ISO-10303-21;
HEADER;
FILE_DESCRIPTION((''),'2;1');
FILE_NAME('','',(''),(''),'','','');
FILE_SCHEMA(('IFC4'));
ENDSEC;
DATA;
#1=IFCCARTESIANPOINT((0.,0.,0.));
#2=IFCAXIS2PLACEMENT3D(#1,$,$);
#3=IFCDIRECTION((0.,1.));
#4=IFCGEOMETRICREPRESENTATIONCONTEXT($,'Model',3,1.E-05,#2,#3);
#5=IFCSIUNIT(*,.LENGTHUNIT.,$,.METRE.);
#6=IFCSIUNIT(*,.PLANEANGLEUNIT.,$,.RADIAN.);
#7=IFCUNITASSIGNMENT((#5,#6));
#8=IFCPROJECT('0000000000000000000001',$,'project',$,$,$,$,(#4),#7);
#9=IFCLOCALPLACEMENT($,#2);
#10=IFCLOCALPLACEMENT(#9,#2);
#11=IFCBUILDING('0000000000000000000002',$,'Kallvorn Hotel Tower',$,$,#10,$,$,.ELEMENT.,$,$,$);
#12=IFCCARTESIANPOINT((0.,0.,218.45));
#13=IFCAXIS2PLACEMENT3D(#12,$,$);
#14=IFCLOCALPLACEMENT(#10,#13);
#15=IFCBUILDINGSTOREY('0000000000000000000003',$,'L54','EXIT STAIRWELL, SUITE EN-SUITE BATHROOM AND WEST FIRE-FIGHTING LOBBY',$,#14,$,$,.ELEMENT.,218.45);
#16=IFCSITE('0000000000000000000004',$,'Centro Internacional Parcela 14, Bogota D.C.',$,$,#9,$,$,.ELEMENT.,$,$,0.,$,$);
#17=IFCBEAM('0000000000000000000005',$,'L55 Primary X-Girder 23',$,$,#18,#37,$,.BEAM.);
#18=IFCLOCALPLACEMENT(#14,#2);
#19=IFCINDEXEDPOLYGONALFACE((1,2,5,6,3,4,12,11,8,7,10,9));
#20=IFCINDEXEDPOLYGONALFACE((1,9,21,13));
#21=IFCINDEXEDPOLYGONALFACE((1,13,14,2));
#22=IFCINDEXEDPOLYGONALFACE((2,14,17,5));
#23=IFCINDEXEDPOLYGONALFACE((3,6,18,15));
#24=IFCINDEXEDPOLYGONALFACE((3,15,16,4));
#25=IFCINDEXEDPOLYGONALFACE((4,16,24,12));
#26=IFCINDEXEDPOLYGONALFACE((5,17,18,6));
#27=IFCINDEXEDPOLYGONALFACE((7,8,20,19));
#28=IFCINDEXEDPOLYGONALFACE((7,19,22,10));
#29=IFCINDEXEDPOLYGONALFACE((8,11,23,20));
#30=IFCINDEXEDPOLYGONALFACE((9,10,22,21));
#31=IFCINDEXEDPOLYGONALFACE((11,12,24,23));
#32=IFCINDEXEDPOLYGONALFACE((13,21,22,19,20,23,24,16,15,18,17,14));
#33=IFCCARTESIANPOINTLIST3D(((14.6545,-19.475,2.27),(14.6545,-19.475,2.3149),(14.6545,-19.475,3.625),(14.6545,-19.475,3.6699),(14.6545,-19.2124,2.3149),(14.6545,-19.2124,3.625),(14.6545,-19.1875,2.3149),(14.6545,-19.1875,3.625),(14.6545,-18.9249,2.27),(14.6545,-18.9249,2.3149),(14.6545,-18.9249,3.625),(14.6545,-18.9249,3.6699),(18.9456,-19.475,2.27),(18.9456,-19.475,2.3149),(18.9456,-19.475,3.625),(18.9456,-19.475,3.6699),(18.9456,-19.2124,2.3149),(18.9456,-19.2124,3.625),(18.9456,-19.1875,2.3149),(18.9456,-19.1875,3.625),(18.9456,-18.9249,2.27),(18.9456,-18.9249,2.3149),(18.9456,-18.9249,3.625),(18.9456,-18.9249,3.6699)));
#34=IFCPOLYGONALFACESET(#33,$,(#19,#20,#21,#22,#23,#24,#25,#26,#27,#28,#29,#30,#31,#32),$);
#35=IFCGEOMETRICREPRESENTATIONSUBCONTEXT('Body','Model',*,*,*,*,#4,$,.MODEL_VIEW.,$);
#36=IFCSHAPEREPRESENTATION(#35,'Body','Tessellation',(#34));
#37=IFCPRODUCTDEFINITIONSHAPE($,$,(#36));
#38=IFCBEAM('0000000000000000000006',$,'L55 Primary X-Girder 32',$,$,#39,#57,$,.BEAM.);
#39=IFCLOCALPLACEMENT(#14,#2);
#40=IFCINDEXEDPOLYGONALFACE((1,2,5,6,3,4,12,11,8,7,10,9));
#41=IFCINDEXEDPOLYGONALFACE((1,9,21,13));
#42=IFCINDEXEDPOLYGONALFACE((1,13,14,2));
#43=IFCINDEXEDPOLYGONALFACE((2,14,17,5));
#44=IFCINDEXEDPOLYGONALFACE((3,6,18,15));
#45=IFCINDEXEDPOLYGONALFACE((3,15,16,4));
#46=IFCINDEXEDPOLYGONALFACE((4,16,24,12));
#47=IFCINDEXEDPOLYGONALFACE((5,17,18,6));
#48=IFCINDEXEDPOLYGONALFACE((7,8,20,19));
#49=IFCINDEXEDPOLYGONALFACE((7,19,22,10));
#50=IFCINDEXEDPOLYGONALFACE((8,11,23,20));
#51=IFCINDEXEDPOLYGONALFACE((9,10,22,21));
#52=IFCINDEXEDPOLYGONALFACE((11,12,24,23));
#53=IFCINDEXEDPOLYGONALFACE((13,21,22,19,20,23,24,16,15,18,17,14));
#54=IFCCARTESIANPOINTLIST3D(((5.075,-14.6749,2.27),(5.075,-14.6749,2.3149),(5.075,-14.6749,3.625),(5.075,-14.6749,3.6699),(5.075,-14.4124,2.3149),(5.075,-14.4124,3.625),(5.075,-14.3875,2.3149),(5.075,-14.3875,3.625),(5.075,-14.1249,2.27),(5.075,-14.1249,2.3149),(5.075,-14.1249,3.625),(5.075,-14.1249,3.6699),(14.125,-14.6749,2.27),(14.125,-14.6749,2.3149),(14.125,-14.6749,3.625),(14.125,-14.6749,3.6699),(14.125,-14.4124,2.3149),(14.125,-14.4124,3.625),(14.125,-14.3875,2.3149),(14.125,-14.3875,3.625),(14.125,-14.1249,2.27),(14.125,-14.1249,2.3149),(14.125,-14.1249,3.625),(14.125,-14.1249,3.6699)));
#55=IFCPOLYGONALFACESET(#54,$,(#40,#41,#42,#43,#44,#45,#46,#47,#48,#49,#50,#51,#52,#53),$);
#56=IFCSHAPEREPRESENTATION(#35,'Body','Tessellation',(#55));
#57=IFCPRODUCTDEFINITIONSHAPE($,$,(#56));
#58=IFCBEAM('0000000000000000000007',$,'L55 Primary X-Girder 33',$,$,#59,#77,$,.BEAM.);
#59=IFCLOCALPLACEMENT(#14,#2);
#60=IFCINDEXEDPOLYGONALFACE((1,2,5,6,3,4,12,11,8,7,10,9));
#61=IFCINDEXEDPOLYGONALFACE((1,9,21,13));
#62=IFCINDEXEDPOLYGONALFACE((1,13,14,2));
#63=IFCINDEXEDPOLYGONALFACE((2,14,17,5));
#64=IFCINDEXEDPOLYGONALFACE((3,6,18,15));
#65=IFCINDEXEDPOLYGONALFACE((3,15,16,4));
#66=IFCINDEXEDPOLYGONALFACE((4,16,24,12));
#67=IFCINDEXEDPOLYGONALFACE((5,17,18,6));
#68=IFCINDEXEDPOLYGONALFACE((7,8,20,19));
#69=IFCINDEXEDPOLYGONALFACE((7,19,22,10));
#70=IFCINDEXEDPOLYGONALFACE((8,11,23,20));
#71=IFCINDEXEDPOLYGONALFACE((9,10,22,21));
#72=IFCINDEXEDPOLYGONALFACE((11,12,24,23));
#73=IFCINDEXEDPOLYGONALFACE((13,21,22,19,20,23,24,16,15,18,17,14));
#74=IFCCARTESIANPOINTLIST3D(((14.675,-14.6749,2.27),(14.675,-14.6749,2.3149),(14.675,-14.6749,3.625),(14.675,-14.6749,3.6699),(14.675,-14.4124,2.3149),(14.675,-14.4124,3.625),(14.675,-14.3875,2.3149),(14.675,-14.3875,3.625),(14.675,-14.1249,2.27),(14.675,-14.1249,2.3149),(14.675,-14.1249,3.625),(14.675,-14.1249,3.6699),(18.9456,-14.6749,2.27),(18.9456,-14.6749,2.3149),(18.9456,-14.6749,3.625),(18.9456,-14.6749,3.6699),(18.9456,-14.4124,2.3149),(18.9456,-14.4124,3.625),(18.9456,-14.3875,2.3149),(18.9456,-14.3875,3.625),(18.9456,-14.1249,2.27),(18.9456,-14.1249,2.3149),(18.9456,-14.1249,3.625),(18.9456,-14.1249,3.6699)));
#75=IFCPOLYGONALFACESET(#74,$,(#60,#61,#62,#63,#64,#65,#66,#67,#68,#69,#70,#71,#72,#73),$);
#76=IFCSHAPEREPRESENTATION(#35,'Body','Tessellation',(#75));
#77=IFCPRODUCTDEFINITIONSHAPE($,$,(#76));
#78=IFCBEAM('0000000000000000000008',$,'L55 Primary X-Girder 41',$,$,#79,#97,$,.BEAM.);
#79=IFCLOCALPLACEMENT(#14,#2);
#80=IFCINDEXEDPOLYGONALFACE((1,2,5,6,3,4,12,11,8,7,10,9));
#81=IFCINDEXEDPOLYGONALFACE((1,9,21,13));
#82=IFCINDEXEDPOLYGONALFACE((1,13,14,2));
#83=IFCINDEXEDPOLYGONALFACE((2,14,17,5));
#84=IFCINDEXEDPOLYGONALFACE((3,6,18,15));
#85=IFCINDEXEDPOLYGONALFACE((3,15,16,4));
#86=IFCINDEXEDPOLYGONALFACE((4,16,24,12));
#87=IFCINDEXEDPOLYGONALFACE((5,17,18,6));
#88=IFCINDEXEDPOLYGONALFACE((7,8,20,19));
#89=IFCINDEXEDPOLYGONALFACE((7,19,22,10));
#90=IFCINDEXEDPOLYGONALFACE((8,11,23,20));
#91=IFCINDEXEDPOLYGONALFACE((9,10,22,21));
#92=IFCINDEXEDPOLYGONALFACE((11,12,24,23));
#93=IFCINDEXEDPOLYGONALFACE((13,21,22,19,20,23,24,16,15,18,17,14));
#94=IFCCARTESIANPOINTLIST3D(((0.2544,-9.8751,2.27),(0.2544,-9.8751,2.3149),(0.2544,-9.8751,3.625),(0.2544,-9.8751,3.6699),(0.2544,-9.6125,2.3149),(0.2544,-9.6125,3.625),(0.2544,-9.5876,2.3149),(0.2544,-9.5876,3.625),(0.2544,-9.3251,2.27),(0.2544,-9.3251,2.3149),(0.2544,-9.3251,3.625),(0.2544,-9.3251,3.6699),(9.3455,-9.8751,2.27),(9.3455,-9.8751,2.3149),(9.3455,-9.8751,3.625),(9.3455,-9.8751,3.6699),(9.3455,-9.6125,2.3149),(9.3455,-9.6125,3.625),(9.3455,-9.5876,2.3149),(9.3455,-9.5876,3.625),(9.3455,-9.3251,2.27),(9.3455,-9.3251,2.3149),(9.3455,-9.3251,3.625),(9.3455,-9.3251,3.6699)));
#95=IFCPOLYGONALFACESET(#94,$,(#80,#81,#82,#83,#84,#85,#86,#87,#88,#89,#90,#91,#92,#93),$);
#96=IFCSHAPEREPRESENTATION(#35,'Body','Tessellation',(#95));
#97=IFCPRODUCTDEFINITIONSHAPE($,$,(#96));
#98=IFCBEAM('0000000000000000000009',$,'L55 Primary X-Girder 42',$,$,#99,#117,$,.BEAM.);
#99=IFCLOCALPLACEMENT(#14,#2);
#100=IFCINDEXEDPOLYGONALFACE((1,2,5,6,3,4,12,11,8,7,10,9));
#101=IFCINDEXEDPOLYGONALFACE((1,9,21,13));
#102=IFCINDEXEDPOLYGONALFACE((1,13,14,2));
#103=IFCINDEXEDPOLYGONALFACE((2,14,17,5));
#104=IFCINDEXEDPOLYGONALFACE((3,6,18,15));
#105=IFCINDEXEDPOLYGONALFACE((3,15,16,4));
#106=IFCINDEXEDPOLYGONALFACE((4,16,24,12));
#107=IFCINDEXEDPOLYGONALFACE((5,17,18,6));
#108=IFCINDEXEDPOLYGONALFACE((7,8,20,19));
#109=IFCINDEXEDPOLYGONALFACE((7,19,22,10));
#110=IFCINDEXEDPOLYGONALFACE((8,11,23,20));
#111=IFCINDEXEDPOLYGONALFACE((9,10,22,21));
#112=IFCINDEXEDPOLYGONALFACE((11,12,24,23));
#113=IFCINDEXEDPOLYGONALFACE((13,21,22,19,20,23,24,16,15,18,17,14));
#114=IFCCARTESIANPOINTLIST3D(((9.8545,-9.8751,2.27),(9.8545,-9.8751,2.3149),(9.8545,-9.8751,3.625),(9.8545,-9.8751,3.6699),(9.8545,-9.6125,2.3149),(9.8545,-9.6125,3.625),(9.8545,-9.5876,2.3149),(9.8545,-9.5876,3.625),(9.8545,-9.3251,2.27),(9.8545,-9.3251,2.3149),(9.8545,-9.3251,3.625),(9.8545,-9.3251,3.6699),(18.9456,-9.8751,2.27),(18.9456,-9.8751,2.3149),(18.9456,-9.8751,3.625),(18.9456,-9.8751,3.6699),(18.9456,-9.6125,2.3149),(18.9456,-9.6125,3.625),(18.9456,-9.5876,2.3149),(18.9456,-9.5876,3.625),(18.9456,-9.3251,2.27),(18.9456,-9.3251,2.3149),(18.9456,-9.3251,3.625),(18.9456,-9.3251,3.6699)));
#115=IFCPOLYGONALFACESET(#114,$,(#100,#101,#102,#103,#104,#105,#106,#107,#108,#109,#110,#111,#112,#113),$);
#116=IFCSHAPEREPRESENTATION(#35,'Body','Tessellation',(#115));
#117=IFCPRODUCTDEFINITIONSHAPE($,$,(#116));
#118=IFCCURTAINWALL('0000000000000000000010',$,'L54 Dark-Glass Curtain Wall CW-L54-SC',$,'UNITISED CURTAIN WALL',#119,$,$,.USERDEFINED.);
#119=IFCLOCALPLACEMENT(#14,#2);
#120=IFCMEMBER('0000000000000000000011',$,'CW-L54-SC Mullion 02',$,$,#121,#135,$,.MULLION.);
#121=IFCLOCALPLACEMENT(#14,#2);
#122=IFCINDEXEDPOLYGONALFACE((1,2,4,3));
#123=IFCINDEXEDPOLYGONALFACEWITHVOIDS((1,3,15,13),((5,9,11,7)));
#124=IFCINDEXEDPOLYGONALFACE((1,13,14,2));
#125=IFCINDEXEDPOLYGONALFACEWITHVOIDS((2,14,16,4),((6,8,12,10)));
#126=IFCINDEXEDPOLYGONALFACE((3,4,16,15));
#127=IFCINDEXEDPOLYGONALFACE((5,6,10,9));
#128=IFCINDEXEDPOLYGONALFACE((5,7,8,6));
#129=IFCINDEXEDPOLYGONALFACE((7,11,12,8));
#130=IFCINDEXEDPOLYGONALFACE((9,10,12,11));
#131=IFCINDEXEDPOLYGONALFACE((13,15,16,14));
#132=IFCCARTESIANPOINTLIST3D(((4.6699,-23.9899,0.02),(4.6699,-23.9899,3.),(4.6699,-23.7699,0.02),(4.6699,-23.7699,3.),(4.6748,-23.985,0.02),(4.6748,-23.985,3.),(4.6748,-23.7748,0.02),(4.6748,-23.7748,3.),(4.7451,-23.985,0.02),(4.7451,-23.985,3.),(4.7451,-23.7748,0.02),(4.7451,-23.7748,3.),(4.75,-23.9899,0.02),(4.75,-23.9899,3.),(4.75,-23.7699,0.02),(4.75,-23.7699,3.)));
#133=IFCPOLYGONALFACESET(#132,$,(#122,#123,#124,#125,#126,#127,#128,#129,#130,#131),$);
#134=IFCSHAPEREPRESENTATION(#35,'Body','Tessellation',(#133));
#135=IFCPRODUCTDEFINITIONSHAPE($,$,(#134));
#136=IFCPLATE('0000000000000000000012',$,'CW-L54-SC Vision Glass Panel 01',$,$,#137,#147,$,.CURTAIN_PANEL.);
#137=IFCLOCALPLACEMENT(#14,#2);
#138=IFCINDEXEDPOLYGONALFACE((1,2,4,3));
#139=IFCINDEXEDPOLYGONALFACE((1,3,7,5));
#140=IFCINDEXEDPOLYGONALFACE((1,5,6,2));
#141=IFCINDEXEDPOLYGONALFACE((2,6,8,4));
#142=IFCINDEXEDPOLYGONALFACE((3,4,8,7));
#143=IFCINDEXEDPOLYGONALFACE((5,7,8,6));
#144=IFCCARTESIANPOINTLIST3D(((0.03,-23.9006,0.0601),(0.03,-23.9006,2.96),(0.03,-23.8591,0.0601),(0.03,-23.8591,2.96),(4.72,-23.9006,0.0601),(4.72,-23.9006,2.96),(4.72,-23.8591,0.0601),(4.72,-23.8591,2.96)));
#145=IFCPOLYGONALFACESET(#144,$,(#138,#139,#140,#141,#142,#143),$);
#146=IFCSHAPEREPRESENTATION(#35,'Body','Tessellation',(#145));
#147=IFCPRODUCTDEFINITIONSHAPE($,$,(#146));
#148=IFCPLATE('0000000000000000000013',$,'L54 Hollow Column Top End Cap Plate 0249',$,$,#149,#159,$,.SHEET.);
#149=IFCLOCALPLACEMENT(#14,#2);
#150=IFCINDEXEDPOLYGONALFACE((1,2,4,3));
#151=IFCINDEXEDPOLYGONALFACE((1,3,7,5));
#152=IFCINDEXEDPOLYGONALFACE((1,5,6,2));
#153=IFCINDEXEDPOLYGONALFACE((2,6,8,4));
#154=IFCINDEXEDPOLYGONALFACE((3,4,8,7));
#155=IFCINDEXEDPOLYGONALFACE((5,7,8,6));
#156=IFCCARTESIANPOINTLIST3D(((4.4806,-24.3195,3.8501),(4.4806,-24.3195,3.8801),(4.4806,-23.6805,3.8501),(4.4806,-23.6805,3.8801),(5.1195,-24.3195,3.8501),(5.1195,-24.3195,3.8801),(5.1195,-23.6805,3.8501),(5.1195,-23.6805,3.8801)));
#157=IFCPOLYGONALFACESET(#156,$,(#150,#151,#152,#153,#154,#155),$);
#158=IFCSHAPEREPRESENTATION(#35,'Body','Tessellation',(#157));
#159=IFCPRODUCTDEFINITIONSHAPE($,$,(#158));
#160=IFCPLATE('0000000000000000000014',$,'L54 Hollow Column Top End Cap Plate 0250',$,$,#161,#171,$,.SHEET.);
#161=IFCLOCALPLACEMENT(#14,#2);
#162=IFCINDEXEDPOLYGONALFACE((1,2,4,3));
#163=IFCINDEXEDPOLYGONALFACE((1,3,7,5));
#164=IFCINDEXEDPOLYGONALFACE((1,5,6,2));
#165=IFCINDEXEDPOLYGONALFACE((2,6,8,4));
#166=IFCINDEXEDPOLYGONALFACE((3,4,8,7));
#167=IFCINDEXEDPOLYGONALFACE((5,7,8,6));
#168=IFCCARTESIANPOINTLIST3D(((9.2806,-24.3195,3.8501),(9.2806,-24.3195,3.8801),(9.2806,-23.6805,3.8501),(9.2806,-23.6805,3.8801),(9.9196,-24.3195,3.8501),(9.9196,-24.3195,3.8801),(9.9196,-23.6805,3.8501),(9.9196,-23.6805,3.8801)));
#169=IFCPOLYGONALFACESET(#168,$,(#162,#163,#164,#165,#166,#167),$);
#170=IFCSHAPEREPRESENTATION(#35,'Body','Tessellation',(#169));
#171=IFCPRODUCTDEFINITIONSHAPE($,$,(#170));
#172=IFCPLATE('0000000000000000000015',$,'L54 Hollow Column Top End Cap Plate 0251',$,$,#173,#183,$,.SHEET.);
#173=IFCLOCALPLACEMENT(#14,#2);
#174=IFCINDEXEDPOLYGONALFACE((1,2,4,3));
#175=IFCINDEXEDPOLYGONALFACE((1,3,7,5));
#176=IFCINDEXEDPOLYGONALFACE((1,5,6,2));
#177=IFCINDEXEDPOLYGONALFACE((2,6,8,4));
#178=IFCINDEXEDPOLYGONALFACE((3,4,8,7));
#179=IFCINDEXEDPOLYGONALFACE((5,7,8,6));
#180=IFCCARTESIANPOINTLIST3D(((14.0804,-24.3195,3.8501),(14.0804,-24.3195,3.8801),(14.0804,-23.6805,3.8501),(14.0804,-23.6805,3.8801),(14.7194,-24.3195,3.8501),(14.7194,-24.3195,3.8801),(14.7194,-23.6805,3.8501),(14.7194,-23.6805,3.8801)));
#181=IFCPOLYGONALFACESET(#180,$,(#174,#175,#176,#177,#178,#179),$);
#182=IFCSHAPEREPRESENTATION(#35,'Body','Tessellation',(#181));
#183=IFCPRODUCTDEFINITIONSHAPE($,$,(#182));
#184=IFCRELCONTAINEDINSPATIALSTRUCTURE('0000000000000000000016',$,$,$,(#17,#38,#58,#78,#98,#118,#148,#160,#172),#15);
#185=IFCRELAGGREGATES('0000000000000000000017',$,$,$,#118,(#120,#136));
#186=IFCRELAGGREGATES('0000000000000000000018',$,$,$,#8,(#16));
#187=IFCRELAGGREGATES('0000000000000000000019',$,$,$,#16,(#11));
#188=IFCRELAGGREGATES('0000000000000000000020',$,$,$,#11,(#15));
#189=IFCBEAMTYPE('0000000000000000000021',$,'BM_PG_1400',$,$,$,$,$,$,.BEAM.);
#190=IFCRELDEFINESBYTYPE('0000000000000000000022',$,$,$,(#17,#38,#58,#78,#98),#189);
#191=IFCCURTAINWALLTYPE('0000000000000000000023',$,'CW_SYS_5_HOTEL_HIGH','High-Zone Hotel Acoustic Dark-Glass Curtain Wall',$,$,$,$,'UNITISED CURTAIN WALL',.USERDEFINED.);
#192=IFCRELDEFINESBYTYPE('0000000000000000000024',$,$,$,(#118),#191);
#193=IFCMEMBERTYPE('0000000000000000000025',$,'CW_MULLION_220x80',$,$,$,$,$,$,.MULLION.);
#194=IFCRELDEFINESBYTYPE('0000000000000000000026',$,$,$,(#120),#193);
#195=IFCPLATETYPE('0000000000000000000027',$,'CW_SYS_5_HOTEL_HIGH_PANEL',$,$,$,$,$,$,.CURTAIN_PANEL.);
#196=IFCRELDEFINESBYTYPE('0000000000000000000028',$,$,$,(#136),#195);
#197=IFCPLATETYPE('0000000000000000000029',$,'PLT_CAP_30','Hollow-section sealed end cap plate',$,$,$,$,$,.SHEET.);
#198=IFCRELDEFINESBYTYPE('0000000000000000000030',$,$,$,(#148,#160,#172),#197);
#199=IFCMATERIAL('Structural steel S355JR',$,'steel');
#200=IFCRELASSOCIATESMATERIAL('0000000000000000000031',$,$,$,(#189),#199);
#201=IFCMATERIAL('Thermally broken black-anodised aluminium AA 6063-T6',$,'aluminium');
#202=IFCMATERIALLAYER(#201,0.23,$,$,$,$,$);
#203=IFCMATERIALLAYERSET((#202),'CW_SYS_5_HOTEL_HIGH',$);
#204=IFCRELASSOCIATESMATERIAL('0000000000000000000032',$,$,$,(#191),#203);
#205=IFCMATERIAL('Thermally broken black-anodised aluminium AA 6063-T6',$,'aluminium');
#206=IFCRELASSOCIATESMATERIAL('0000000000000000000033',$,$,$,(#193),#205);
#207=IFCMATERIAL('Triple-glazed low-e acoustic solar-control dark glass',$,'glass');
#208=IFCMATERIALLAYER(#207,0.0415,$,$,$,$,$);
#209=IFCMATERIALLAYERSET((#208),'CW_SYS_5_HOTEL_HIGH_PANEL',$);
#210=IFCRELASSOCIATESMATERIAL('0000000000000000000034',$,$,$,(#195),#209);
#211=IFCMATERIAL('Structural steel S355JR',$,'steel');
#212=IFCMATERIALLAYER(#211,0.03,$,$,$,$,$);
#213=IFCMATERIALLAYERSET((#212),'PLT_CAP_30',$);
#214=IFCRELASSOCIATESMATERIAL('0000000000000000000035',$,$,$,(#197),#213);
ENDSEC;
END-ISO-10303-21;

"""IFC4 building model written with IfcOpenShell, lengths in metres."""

from ifc_helpers import new_model, si_unit, direction, frame, origin, origin_2d, place, context, subcontext, project, spatial, rectangle, hollow_rectangle, i_section, extrude, material, layer, layer_set, material_profile, profile_set, type_object, element, aggregate, save


model = new_model("IFC4")

# Units and contexts
model_context = context("Model", 3, precision=1e-05, world=origin(), true_north=direction((0.0, 1.0)))
body_context = subcontext(model_context, "Body", "Model", "MODEL_VIEW")
ifc_project = project(units=[si_unit("LENGTHUNIT", "METRE"), si_unit("PLANEANGLEUNIT", "RADIAN")], contexts=[model_context])

# Site, building, storey
site_placement = place(None, origin())
site = spatial("IfcSite", under=ifc_project, at=site_placement, Name="Centro Internacional Parcela 14, Bogota D.C.", CompositionType="ELEMENT", RefElevation=0.0)
building_placement = place(site_placement, origin())
building = spatial("IfcBuilding", under=site, at=building_placement, Name="Kallvorn Hotel Tower", CompositionType="ELEMENT")
storey_placement = place(building_placement, frame((0.0, 0.0, 218.45)))
storey = spatial("IfcBuildingStorey", under=building, at=storey_placement, Name="L54", Description="EXIT STAIRWELL, SUITE EN-SUITE BATHROOM AND WEST FIRE-FIGHTING LOBBY", CompositionType="ELEMENT", Elevation=218.45)

# Beams
ifc_material_1 = material(Name="Structural steel S355JR", Category="steel")
ifc_material_profile_1 = material_profile(ifc_material_1, i_section(OverallWidth=0.55, OverallDepth=1.3999, WebThickness=0.0249, FlangeThickness=0.0449, at=origin_2d()), Name="PG 1400x550x25x45")
ifc_profile_set_1 = profile_set([ifc_material_profile_1], Name="Structural steel S355JR")
beam_type_1 = type_object("IfcBeamType", Name="BM_PG_1400", PredefinedType="BEAM", material=ifc_profile_set_1)
for number, where, z_axis, x_axis, name in (
    (1, (14.6545, -19.2, 2.97), (1.0, 0.0, 0.0), (0.0, 1.0, 0.0), "L55 Primary X-Girder 23"),
):
    element("IfcBeam", number, at=place(storey_placement, frame(where, z_axis=z_axis, x_axis=x_axis)), inside=storey, type_object=beam_type_1, Name=name, PredefinedType="BEAM", context=body_context, shape_type="SweptSolid", body=[
        extrude(i_section(OverallWidth=0.55, OverallDepth=1.3999, WebThickness=0.0249, FlangeThickness=0.0449, at=origin_2d()), origin(), (0.0, 0.0, 1.0), 4.291),
    ])
beam_1_placement = place(storey_placement, frame((5.075, -14.3999, 2.97), z_axis=(1.0, 0.0, 0.0), x_axis=(0.0, 1.0, 0.0)))
element("IfcBeam", 2, at=beam_1_placement, inside=storey, type_object=beam_type_1, Name="L55 Primary X-Girder 32", PredefinedType="BEAM", context=body_context, shape_type="SweptSolid", body=[
    extrude(i_section(OverallWidth=0.55, OverallDepth=1.3999, WebThickness=0.0249, FlangeThickness=0.0449, at=origin_2d()), origin(), (0.0, 0.0, 1.0), 9.05),
])
beam_2_placement = place(storey_placement, frame((14.675, -14.3999, 2.97), z_axis=(1.0, 0.0, 0.0), x_axis=(0.0, 1.0, 0.0)))
element("IfcBeam", 3, at=beam_2_placement, inside=storey, type_object=beam_type_1, Name="L55 Primary X-Girder 33", PredefinedType="BEAM", context=body_context, shape_type="SweptSolid", body=[
    extrude(i_section(OverallWidth=0.55, OverallDepth=1.3999, WebThickness=0.0249, FlangeThickness=0.0449, at=origin_2d()), origin(), (0.0, 0.0, 1.0), 4.2705),
])
for number, where, z_axis, x_axis, name in (
    (4, (0.2544, -9.6001, 2.97), (1.0, 0.0, 0.0), (0.0, 1.0, 0.0), "L55 Primary X-Girder 41"),
    (5, (9.8545, -9.6001, 2.97), (1.0, 0.0, 0.0), (0.0, 1.0, 0.0), "L55 Primary X-Girder 42"),
):
    element("IfcBeam", number, at=place(storey_placement, frame(where, z_axis=z_axis, x_axis=x_axis)), inside=storey, type_object=beam_type_1, Name=name, PredefinedType="BEAM", context=body_context, shape_type="SweptSolid", body=[
        extrude(i_section(OverallWidth=0.55, OverallDepth=1.3999, WebThickness=0.0249, FlangeThickness=0.0449, at=origin_2d()), origin(), (0.0, 0.0, 1.0), 9.0911),
    ])

# Curtain wall, member, plate
ifc_material_2 = material(Name="Thermally broken black-anodised aluminium AA 6063-T6", Category="aluminium")
ifc_layer_1 = layer(ifc_material_2, 0.23)
ifc_layer_set_1 = layer_set([ifc_layer_1], Name="CW_SYS_5_HOTEL_HIGH")
curtain_wall_type = type_object("IfcCurtainWallType", Name="CW_SYS_5_HOTEL_HIGH", Description="High-Zone Hotel Acoustic Dark-Glass Curtain Wall", ElementType="UNITISED CURTAIN WALL", PredefinedType="USERDEFINED", material=ifc_layer_set_1)
curtain_wall_placement = place(storey_placement, origin())
curtain_wall = element("IfcCurtainWall", 6, at=curtain_wall_placement, inside=storey, type_object=curtain_wall_type, Name="L54 Dark-Glass Curtain Wall CW-L54-SC", ObjectType="UNITISED CURTAIN WALL", PredefinedType="USERDEFINED")
ifc_material_3 = material(Name="Thermally broken black-anodised aluminium AA 6063-T6", Category="aluminium")
ifc_material_profile_2 = material_profile(ifc_material_3, hollow_rectangle(XDim=0.0801, YDim=0.22, WallThickness=0.0049, at=origin_2d()), Name="MUL 220x80")
ifc_profile_set_2 = profile_set([ifc_material_profile_2], Name="Thermally broken black-anodised aluminium AA 6063-T6")
member_type = type_object("IfcMemberType", Name="CW_MULLION_220x80", PredefinedType="MULLION", material=ifc_profile_set_2)
member_placement = place(storey_placement, frame((4.71, -23.8799, 0.02), z_axis=(0.0, 0.0, 1.0), x_axis=(1.0, 0.0, 0.0)))
member = element("IfcMember", 7, at=member_placement, type_object=member_type, Name="CW-L54-SC Mullion 02", PredefinedType="MULLION", context=body_context, shape_type="SweptSolid", body=[
    extrude(hollow_rectangle(XDim=0.0801, YDim=0.22, WallThickness=0.0049, at=origin_2d()), origin(), (0.0, 0.0, 1.0), 2.98),
])
ifc_material_4 = material(Name="Triple-glazed low-e acoustic solar-control dark glass", Category="glass")
ifc_layer_2 = layer(ifc_material_4, 0.0415)
ifc_layer_set_2 = layer_set([ifc_layer_2], Name="CW_SYS_5_HOTEL_HIGH_PANEL")
plate_type_1 = type_object("IfcPlateType", Name="CW_SYS_5_HOTEL_HIGH_PANEL", PredefinedType="CURTAIN_PANEL", material=ifc_layer_set_2)
plate_placement = place(storey_placement, frame((2.375, -23.8799, 0.0601), z_axis=(0.0, 0.0, 1.0), x_axis=(1.0, 0.0, 0.0)))
plate = element("IfcPlate", 8, at=plate_placement, type_object=plate_type_1, Name="CW-L54-SC Vision Glass Panel 01", PredefinedType="CURTAIN_PANEL", context=body_context, shape_type="SweptSolid", body=[
    extrude(rectangle(XDim=4.6899, YDim=0.0415, at=origin_2d()), origin(), (0.0, 0.0, 1.0), 2.8999),
])
aggregate(curtain_wall, [member, plate])

# Plates
ifc_material_5 = material(Name="Structural steel S355JR", Category="steel")
ifc_layer_3 = layer(ifc_material_5, 0.03)
ifc_layer_set_3 = layer_set([ifc_layer_3], Name="PLT_CAP_30")
plate_type_2 = type_object("IfcPlateType", Name="PLT_CAP_30", Description="Hollow-section sealed end cap plate", PredefinedType="SHEET", material=ifc_layer_set_3)
for number, where, z_axis, x_axis, name in (
    (9, (4.8, -24.0, 3.8501), (0.0, 0.0, 1.0), (1.0, 0.0, 0.0), "L54 Hollow Column Top End Cap Plate 0249"),
    (10, (9.6001, -24.0, 3.8501), (0.0, 0.0, 1.0), (1.0, 0.0, 0.0), "L54 Hollow Column Top End Cap Plate 0250"),
    (11, (14.3999, -24.0, 3.8501), (0.0, 0.0, 1.0), (1.0, 0.0, 0.0), "L54 Hollow Column Top End Cap Plate 0251"),
):
    element("IfcPlate", number, at=place(storey_placement, frame(where, z_axis=z_axis, x_axis=x_axis)), inside=storey, type_object=plate_type_2, Name=name, PredefinedType="SHEET", context=body_context, shape_type="SweptSolid", body=[
        extrude(rectangle(XDim=0.6389, YDim=0.6389, at=origin_2d()), origin(), (0.0, 0.0, 1.0), 0.03),
    ])

save(model, "model.ifc")
